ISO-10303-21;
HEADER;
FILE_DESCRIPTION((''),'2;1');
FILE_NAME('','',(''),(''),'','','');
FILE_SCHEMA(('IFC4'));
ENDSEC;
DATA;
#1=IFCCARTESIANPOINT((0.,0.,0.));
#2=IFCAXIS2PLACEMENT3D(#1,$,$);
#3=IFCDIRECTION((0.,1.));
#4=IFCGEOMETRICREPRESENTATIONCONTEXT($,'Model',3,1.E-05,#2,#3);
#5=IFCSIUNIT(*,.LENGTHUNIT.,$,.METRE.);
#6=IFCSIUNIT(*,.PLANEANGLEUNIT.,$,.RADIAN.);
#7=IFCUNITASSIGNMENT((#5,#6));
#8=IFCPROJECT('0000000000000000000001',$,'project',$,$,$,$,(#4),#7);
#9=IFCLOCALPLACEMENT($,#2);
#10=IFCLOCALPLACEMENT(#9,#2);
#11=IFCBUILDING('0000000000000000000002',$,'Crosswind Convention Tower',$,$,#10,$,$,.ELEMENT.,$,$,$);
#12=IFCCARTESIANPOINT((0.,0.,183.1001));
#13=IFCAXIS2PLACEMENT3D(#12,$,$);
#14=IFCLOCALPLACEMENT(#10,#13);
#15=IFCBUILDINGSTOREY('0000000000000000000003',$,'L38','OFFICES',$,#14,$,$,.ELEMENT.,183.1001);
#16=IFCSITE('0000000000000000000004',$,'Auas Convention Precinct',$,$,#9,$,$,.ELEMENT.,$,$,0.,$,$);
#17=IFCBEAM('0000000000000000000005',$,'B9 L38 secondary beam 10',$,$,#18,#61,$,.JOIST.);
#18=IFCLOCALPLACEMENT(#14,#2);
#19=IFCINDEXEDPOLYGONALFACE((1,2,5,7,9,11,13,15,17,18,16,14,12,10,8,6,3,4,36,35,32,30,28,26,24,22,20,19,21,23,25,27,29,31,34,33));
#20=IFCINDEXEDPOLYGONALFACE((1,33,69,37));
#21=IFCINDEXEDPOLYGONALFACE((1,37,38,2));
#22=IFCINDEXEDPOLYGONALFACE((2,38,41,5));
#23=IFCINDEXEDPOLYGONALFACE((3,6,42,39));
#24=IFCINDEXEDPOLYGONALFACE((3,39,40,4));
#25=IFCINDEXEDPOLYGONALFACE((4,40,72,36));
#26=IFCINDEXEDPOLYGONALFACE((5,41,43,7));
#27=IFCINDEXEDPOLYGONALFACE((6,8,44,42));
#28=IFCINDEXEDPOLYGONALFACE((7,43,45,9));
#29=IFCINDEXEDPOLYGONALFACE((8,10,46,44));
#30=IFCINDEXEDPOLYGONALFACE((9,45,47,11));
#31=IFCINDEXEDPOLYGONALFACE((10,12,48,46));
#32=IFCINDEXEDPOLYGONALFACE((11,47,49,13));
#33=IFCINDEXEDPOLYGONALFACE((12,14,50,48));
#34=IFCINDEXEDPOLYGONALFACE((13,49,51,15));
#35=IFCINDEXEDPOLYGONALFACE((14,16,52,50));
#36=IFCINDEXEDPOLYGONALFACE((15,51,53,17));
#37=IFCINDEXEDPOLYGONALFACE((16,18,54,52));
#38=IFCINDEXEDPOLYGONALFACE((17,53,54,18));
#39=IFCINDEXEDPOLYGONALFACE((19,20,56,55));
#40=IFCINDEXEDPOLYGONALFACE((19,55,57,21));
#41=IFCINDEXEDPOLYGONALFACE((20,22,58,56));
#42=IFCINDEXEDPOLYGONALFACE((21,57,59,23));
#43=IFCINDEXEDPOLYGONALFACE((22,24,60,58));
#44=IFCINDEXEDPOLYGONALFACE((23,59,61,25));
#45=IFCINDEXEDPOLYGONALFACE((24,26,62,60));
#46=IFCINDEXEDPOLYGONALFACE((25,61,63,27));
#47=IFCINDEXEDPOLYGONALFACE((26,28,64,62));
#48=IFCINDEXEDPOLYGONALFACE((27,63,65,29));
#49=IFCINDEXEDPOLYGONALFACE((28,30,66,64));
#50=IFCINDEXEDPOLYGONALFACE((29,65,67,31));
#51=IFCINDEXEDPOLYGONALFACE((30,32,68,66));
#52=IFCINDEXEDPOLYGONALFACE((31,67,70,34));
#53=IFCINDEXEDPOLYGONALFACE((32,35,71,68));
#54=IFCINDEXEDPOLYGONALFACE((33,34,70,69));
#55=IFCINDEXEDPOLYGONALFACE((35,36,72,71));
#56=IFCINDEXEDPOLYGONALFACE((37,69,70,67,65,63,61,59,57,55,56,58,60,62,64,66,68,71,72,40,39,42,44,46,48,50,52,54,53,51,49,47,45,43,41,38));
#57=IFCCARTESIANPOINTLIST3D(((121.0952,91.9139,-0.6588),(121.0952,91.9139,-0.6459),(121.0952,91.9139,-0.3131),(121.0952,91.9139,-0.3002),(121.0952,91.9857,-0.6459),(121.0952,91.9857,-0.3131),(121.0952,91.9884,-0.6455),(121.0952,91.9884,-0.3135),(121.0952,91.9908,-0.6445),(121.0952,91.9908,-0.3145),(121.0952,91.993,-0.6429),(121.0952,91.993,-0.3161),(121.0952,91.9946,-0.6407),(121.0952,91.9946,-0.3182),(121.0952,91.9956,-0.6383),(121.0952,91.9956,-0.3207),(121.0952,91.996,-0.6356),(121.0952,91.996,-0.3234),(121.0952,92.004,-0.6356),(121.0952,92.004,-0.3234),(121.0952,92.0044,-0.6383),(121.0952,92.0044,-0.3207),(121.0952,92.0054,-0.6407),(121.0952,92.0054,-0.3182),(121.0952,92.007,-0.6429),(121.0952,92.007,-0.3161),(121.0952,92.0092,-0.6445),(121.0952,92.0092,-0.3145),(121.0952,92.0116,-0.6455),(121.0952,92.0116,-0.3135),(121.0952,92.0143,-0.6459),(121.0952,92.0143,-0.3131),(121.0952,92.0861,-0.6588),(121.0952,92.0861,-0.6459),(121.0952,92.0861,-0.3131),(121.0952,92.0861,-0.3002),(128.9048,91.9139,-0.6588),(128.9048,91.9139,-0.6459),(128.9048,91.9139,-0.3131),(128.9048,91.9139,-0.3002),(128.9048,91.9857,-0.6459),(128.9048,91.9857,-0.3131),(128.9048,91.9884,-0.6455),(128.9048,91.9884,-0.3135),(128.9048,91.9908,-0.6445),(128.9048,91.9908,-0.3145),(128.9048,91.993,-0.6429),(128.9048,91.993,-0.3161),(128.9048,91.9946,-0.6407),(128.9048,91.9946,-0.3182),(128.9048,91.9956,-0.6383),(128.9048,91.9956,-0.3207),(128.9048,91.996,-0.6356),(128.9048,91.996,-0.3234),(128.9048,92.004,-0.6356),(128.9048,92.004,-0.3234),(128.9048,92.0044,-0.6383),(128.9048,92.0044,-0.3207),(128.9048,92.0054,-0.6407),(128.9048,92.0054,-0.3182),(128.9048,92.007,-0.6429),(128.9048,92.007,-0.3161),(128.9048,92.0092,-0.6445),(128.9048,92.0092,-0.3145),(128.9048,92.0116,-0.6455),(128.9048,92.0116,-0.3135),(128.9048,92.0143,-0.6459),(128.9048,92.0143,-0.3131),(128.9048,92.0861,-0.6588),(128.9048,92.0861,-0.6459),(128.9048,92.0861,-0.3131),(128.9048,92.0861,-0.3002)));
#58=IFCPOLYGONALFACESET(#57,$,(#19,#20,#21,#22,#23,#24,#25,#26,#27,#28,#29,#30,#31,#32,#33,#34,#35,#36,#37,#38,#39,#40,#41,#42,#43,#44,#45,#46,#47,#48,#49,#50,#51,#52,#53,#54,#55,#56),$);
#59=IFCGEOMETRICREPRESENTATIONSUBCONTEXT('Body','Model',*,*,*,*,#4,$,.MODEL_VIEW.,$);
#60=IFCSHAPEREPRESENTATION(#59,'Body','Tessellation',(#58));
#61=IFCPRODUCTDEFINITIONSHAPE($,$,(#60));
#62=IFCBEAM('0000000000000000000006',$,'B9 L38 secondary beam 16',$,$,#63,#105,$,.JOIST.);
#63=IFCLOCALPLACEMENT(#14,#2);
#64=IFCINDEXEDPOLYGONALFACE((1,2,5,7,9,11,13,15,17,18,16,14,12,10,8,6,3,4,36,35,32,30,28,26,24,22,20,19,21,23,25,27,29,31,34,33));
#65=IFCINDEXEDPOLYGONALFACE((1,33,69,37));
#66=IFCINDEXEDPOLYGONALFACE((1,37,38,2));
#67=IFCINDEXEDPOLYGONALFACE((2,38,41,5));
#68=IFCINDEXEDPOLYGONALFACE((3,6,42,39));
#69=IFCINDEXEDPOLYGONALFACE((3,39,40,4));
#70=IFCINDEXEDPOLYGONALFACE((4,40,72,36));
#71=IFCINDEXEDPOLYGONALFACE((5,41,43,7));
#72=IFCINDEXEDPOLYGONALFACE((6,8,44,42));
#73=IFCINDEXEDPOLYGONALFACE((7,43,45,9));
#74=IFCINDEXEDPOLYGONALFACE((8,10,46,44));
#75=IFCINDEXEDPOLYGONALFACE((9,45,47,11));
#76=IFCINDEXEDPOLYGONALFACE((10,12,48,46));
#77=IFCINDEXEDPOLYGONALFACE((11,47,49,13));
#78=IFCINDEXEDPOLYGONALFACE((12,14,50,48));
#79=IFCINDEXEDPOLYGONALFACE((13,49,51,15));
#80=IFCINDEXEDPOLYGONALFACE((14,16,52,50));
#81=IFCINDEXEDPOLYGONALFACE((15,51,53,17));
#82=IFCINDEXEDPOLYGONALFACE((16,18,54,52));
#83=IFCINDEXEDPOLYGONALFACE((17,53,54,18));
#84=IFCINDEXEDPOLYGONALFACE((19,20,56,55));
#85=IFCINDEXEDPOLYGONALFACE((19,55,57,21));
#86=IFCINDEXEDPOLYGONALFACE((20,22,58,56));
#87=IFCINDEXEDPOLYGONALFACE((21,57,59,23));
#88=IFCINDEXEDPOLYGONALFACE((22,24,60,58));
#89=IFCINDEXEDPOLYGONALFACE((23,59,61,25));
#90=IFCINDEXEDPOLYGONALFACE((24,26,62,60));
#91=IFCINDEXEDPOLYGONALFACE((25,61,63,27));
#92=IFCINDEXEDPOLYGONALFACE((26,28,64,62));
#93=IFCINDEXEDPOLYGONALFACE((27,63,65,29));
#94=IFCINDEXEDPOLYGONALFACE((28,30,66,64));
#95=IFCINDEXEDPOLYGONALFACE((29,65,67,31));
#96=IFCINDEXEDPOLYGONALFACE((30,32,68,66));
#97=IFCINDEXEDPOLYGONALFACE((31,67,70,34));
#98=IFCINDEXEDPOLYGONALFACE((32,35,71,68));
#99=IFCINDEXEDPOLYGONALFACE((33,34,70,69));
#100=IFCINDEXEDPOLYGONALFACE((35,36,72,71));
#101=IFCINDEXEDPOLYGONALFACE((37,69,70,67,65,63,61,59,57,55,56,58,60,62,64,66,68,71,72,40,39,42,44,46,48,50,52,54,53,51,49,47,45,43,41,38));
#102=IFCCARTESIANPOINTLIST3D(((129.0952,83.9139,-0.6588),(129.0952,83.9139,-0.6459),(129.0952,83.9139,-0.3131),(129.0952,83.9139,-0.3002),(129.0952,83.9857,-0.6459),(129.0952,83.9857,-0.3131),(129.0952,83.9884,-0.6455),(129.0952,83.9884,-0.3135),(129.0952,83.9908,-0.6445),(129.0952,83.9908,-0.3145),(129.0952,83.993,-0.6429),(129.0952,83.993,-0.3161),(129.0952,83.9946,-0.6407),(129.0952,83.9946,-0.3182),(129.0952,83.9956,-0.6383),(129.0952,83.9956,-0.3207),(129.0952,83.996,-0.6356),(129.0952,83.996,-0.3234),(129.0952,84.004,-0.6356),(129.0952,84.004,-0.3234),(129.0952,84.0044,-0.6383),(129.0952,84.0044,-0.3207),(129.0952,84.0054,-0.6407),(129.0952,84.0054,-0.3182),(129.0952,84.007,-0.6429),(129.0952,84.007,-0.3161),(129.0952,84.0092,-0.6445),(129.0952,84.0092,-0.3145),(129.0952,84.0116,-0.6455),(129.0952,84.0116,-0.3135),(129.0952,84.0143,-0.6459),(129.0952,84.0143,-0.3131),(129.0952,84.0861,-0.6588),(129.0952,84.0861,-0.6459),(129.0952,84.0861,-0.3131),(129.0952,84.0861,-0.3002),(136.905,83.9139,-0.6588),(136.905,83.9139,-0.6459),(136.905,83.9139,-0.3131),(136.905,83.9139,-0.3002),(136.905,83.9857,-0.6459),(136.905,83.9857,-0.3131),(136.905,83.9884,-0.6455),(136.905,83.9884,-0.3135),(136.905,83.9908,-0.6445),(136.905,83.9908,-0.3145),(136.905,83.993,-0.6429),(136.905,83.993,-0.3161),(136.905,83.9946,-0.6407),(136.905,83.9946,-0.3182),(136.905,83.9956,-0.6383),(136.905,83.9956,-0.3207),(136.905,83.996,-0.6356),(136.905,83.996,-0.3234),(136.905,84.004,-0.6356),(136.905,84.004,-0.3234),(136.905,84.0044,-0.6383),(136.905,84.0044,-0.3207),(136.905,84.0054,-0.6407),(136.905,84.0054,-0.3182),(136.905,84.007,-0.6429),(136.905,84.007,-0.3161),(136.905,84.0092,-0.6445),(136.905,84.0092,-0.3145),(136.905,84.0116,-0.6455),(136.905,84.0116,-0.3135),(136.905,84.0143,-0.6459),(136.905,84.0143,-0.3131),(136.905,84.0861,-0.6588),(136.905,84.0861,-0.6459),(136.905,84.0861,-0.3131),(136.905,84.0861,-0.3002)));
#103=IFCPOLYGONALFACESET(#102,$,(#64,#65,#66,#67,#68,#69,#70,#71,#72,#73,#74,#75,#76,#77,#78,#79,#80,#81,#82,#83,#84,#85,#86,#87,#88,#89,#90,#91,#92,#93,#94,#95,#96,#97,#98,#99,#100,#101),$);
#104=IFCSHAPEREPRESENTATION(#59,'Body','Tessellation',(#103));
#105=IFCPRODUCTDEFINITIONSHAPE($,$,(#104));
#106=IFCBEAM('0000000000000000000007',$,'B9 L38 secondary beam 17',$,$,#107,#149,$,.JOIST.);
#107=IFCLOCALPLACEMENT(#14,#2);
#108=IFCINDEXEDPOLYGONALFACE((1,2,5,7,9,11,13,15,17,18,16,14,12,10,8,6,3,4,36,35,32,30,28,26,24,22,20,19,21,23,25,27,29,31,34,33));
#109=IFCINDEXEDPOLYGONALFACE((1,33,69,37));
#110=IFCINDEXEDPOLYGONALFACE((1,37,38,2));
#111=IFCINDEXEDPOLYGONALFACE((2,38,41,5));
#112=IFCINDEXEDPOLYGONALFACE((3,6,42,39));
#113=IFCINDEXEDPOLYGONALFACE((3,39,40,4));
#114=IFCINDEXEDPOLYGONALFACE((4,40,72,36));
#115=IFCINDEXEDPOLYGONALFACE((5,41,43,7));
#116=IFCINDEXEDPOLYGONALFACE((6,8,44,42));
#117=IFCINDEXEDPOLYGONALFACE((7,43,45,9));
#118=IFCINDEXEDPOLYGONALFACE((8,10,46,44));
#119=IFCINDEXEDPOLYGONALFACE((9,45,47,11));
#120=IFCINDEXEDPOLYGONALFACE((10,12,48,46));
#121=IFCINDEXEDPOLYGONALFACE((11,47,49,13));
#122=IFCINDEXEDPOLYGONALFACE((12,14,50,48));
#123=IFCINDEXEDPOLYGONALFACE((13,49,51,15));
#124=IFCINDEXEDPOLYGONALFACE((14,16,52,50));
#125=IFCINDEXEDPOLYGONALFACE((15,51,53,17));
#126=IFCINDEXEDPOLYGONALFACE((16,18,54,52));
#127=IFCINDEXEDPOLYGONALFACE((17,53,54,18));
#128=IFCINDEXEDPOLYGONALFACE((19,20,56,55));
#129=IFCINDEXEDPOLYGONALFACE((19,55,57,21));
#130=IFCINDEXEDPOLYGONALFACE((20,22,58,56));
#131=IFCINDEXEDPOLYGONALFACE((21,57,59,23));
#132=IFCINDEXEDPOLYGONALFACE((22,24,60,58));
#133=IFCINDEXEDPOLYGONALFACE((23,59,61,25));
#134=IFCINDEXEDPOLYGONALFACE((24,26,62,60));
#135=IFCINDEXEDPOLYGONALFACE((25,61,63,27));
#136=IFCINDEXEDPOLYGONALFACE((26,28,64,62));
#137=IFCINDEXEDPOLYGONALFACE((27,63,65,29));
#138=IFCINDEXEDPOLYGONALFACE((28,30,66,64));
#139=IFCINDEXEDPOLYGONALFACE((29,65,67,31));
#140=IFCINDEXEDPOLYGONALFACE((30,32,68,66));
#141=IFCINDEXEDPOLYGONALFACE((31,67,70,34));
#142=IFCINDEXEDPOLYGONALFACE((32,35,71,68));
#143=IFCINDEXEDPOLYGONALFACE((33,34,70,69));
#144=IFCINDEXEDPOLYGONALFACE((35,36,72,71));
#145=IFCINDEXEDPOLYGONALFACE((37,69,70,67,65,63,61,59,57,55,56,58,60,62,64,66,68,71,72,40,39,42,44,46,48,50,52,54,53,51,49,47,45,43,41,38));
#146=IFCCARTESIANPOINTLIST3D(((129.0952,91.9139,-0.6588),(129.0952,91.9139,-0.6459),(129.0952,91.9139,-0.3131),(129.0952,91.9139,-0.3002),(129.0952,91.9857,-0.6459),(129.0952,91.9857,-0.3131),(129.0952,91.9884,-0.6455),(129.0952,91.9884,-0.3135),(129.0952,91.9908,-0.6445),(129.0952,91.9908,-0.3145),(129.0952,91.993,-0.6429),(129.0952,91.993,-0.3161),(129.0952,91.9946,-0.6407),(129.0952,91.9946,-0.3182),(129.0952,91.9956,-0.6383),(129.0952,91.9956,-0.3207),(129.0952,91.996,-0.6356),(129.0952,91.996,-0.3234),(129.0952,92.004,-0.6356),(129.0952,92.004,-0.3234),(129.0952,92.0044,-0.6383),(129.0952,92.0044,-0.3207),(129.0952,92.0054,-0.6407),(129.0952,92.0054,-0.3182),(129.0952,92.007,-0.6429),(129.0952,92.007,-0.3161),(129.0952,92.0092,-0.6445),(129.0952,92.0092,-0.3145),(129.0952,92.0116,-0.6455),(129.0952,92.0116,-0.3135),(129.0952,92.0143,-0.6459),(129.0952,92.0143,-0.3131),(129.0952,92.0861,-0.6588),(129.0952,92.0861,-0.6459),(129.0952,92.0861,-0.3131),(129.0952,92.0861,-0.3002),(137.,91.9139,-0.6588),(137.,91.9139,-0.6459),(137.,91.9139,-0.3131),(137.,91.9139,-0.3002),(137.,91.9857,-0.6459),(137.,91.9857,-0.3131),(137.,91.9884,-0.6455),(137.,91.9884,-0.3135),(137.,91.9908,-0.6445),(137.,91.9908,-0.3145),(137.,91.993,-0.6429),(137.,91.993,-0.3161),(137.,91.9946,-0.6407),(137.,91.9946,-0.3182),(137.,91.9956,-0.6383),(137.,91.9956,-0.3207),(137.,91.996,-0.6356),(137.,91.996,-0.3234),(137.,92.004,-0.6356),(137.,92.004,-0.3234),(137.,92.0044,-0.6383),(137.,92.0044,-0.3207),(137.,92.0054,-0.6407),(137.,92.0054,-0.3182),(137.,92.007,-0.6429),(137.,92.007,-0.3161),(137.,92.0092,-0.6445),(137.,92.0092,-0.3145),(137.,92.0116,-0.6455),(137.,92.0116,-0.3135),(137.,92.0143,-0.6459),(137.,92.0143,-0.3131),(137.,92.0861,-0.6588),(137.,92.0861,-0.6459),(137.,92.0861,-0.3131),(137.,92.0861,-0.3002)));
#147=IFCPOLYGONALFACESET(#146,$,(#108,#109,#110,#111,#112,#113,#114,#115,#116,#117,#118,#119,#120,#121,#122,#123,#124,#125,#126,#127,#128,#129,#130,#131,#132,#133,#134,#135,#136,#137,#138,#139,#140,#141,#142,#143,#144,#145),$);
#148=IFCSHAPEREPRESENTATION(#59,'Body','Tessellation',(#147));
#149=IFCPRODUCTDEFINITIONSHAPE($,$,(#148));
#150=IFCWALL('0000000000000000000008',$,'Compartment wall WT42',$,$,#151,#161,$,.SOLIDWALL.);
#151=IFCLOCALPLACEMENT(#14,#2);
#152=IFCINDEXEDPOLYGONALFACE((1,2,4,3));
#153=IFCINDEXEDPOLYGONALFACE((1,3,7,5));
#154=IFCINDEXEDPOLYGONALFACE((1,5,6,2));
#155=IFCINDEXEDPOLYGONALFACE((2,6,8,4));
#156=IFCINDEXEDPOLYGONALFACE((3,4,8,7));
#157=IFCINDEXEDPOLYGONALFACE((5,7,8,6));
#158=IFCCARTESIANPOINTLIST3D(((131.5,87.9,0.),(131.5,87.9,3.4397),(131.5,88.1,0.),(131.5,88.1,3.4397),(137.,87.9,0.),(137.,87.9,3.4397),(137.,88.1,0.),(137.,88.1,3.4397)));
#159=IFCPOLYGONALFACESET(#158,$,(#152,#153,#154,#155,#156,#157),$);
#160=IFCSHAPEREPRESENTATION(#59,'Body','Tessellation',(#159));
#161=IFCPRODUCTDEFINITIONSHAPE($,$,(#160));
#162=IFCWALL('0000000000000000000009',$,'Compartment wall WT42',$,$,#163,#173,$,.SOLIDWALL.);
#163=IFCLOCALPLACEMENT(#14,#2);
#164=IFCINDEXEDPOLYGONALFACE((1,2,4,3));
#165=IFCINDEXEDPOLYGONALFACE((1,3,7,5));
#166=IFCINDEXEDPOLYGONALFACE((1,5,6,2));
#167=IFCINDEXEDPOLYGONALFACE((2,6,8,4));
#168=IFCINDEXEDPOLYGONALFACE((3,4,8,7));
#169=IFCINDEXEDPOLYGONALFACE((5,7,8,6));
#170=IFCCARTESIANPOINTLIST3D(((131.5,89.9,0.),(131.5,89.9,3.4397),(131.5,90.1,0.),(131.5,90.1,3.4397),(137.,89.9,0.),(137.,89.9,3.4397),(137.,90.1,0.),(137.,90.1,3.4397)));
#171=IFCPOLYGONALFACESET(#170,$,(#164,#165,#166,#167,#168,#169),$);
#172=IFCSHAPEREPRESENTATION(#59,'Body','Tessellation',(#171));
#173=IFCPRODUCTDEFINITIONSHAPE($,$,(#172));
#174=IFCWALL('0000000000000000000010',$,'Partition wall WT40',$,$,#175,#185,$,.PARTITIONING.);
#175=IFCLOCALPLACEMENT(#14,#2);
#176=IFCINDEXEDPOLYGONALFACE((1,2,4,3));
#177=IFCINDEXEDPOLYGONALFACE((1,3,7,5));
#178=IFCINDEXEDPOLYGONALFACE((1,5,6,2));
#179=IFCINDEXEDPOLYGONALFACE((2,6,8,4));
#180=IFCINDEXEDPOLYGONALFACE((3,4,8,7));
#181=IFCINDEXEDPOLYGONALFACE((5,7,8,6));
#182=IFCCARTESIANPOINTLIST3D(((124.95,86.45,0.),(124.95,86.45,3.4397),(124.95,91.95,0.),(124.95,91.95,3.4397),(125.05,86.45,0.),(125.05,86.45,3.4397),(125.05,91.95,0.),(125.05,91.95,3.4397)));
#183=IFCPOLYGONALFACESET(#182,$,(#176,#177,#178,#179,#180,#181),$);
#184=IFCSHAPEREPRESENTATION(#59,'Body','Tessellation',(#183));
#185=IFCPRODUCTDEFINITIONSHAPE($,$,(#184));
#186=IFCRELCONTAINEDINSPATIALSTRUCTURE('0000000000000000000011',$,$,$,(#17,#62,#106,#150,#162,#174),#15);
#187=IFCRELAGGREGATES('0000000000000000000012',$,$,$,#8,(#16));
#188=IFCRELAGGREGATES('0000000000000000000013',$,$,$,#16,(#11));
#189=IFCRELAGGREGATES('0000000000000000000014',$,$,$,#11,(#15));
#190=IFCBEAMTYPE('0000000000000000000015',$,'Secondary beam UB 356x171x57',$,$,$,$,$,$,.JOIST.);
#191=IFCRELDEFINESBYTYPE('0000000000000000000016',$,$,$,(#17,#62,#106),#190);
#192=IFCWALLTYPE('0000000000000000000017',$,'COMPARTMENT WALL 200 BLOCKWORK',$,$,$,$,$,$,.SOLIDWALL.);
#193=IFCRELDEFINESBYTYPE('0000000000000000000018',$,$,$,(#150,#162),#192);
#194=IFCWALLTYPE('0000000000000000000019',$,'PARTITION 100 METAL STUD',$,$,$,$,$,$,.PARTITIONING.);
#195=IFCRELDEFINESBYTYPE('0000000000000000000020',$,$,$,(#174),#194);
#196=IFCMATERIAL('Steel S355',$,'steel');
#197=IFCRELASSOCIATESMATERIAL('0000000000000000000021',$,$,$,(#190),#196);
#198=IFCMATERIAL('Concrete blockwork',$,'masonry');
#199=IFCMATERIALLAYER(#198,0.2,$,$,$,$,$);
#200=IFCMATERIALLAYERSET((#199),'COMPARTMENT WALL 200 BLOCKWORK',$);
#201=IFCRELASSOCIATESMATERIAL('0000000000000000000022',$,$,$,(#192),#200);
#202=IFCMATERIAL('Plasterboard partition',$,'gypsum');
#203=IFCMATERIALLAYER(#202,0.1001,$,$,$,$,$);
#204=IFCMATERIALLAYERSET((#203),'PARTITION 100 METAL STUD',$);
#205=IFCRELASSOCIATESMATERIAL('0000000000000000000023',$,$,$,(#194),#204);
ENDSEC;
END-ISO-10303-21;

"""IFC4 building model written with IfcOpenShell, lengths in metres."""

from ifc_helpers import new_model, si_unit, direction, frame, frame_2d, origin, origin_2d, place, context, subcontext, project, spatial, rectangle, i_section, extrude, material, layer, layer_set, material_profile, profile_set, type_object, element, save


model = new_model("IFC4")

# Units and contexts
model_context = context("Model", 3, precision=1e-05, world=origin(), true_north=direction((0.0, 1.0)))
body_context = subcontext(model_context, "Body", "Model", "MODEL_VIEW")
ifc_project = project(units=[si_unit("LENGTHUNIT", "METRE"), si_unit("PLANEANGLEUNIT", "RADIAN")], contexts=[model_context])

# Site, building, storey
site_placement = place(None, origin())
site = spatial("IfcSite", under=ifc_project, at=site_placement, Name="Auas Convention Precinct", CompositionType="ELEMENT", RefElevation=0.0)
building_placement = place(site_placement, origin())
building = spatial("IfcBuilding", under=site, at=building_placement, Name="Crosswind Convention Tower", CompositionType="ELEMENT")
storey_placement = place(building_placement, frame((0.0, 0.0, 183.1001)))
storey = spatial("IfcBuildingStorey", under=building, at=storey_placement, Name="L38", Description="OFFICES", CompositionType="ELEMENT", Elevation=183.1001)

# Beams
ifc_material_1 = material(Name="Steel S355", Category="steel")
ifc_material_profile_1 = material_profile(ifc_material_1, i_section(OverallWidth=0.1721, OverallDepth=0.3586, WebThickness=0.0081, FlangeThickness=0.0129, FilletRadius=0.0103, at=origin_2d()), Name="UB 356x171x57")
ifc_profile_set_1 = profile_set([ifc_material_profile_1], Name="Steel S355")
beam_type_1 = type_object("IfcBeamType", Name="Secondary beam UB 356x171x57", PredefinedType="JOIST", material=ifc_profile_set_1)
for number, where, z_axis, x_axis, name in (
    (1, (121.0952, 92.0, -0.4795), (1.0, 0.0, 0.0), (0.0, 1.0, 0.0), "B9 L38 secondary beam 10"),
):
    element("IfcBeam", number, at=place(storey_placement, frame(where, z_axis=z_axis, x_axis=x_axis)), inside=storey, type_object=beam_type_1, Name=name, PredefinedType="JOIST", context=body_context, shape_type="SweptSolid", body=[
        extrude(i_section(OverallWidth=0.1721, OverallDepth=0.3586, WebThickness=0.0081, FlangeThickness=0.0129, FilletRadius=0.0103, at=origin_2d()), origin(), (0.0, 0.0, 1.0), 7.8096),
    ])
beam_1_placement = place(storey_placement, frame((129.0952, 84.0, -0.4795), z_axis=(1.0, 0.0, 0.0), x_axis=(0.0, 1.0, 0.0)))
element("IfcBeam", 2, at=beam_1_placement, inside=storey, type_object=beam_type_1, Name="B9 L38 secondary beam 16", PredefinedType="JOIST", context=body_context, shape_type="SweptSolid", body=[
    extrude(i_section(OverallWidth=0.1721, OverallDepth=0.3586, WebThickness=0.0081, FlangeThickness=0.0129, FilletRadius=0.0103, at=origin_2d()), origin(), (0.0, 0.0, 1.0), 7.8098),
])
beam_2_placement = place(storey_placement, frame((129.0952, 92.0, -0.4795), z_axis=(1.0, 0.0, 0.0), x_axis=(0.0, 1.0, 0.0)))
element("IfcBeam", 3, at=beam_2_placement, inside=storey, type_object=beam_type_1, Name="B9 L38 secondary beam 17", PredefinedType="JOIST", context=body_context, shape_type="SweptSolid", body=[
    extrude(i_section(OverallWidth=0.1721, OverallDepth=0.3586, WebThickness=0.0081, FlangeThickness=0.0129, FilletRadius=0.0103, at=origin_2d()), origin(), (0.0, 0.0, 1.0), 7.9048),
])

# Walls
ifc_material_2 = material(Name="Concrete blockwork", Category="masonry")
ifc_layer_1 = layer(ifc_material_2, 0.2)
ifc_layer_set_1 = layer_set([ifc_layer_1], Name="COMPARTMENT WALL 200 BLOCKWORK")
wall_type_1 = type_object("IfcWallType", Name="COMPARTMENT WALL 200 BLOCKWORK", PredefinedType="SOLIDWALL", material=ifc_layer_set_1)
for number, where, z_axis, x_axis, name in (
    (4, (131.5, 88.0, 0.0), (0.0, 0.0, 1.0), (1.0, 0.0, 0.0), "Compartment wall WT42"),
    (5, (131.5, 90.0, 0.0), (0.0, 0.0, 1.0), (1.0, 0.0, 0.0), "Compartment wall WT42"),
):
    element("IfcWall", number, at=place(storey_placement, frame(where, z_axis=z_axis, x_axis=x_axis)), inside=storey, type_object=wall_type_1, Name=name, PredefinedType="SOLIDWALL", context=body_context, shape_type="SweptSolid", body=[
        extrude(rectangle(XDim=5.5, YDim=0.2, at=frame_2d((2.75, 0.0))), origin(), (0.0, 0.0, 1.0), 3.4397),
    ])
ifc_material_3 = material(Name="Plasterboard partition", Category="gypsum")
ifc_layer_2 = layer(ifc_material_3, 0.1001)
ifc_layer_set_2 = layer_set([ifc_layer_2], Name="PARTITION 100 METAL STUD")
wall_type_2 = type_object("IfcWallType", Name="PARTITION 100 METAL STUD", PredefinedType="PARTITIONING", material=ifc_layer_set_2)
wall_1_placement = place(storey_placement, frame((125.0, 86.45, 0.0), z_axis=(0.0, 0.0, 1.0), x_axis=(0.0, 1.0, 0.0)))
element("IfcWall", 6, at=wall_1_placement, inside=storey, type_object=wall_type_2, Name="Partition wall WT40", PredefinedType="PARTITIONING", context=body_context, shape_type="SweptSolid", body=[
    extrude(rectangle(XDim=5.5, YDim=0.1001, at=frame_2d((2.75, 0.0))), origin(), (0.0, 0.0, 1.0), 3.4397),
])

save(model, "model.ifc")
